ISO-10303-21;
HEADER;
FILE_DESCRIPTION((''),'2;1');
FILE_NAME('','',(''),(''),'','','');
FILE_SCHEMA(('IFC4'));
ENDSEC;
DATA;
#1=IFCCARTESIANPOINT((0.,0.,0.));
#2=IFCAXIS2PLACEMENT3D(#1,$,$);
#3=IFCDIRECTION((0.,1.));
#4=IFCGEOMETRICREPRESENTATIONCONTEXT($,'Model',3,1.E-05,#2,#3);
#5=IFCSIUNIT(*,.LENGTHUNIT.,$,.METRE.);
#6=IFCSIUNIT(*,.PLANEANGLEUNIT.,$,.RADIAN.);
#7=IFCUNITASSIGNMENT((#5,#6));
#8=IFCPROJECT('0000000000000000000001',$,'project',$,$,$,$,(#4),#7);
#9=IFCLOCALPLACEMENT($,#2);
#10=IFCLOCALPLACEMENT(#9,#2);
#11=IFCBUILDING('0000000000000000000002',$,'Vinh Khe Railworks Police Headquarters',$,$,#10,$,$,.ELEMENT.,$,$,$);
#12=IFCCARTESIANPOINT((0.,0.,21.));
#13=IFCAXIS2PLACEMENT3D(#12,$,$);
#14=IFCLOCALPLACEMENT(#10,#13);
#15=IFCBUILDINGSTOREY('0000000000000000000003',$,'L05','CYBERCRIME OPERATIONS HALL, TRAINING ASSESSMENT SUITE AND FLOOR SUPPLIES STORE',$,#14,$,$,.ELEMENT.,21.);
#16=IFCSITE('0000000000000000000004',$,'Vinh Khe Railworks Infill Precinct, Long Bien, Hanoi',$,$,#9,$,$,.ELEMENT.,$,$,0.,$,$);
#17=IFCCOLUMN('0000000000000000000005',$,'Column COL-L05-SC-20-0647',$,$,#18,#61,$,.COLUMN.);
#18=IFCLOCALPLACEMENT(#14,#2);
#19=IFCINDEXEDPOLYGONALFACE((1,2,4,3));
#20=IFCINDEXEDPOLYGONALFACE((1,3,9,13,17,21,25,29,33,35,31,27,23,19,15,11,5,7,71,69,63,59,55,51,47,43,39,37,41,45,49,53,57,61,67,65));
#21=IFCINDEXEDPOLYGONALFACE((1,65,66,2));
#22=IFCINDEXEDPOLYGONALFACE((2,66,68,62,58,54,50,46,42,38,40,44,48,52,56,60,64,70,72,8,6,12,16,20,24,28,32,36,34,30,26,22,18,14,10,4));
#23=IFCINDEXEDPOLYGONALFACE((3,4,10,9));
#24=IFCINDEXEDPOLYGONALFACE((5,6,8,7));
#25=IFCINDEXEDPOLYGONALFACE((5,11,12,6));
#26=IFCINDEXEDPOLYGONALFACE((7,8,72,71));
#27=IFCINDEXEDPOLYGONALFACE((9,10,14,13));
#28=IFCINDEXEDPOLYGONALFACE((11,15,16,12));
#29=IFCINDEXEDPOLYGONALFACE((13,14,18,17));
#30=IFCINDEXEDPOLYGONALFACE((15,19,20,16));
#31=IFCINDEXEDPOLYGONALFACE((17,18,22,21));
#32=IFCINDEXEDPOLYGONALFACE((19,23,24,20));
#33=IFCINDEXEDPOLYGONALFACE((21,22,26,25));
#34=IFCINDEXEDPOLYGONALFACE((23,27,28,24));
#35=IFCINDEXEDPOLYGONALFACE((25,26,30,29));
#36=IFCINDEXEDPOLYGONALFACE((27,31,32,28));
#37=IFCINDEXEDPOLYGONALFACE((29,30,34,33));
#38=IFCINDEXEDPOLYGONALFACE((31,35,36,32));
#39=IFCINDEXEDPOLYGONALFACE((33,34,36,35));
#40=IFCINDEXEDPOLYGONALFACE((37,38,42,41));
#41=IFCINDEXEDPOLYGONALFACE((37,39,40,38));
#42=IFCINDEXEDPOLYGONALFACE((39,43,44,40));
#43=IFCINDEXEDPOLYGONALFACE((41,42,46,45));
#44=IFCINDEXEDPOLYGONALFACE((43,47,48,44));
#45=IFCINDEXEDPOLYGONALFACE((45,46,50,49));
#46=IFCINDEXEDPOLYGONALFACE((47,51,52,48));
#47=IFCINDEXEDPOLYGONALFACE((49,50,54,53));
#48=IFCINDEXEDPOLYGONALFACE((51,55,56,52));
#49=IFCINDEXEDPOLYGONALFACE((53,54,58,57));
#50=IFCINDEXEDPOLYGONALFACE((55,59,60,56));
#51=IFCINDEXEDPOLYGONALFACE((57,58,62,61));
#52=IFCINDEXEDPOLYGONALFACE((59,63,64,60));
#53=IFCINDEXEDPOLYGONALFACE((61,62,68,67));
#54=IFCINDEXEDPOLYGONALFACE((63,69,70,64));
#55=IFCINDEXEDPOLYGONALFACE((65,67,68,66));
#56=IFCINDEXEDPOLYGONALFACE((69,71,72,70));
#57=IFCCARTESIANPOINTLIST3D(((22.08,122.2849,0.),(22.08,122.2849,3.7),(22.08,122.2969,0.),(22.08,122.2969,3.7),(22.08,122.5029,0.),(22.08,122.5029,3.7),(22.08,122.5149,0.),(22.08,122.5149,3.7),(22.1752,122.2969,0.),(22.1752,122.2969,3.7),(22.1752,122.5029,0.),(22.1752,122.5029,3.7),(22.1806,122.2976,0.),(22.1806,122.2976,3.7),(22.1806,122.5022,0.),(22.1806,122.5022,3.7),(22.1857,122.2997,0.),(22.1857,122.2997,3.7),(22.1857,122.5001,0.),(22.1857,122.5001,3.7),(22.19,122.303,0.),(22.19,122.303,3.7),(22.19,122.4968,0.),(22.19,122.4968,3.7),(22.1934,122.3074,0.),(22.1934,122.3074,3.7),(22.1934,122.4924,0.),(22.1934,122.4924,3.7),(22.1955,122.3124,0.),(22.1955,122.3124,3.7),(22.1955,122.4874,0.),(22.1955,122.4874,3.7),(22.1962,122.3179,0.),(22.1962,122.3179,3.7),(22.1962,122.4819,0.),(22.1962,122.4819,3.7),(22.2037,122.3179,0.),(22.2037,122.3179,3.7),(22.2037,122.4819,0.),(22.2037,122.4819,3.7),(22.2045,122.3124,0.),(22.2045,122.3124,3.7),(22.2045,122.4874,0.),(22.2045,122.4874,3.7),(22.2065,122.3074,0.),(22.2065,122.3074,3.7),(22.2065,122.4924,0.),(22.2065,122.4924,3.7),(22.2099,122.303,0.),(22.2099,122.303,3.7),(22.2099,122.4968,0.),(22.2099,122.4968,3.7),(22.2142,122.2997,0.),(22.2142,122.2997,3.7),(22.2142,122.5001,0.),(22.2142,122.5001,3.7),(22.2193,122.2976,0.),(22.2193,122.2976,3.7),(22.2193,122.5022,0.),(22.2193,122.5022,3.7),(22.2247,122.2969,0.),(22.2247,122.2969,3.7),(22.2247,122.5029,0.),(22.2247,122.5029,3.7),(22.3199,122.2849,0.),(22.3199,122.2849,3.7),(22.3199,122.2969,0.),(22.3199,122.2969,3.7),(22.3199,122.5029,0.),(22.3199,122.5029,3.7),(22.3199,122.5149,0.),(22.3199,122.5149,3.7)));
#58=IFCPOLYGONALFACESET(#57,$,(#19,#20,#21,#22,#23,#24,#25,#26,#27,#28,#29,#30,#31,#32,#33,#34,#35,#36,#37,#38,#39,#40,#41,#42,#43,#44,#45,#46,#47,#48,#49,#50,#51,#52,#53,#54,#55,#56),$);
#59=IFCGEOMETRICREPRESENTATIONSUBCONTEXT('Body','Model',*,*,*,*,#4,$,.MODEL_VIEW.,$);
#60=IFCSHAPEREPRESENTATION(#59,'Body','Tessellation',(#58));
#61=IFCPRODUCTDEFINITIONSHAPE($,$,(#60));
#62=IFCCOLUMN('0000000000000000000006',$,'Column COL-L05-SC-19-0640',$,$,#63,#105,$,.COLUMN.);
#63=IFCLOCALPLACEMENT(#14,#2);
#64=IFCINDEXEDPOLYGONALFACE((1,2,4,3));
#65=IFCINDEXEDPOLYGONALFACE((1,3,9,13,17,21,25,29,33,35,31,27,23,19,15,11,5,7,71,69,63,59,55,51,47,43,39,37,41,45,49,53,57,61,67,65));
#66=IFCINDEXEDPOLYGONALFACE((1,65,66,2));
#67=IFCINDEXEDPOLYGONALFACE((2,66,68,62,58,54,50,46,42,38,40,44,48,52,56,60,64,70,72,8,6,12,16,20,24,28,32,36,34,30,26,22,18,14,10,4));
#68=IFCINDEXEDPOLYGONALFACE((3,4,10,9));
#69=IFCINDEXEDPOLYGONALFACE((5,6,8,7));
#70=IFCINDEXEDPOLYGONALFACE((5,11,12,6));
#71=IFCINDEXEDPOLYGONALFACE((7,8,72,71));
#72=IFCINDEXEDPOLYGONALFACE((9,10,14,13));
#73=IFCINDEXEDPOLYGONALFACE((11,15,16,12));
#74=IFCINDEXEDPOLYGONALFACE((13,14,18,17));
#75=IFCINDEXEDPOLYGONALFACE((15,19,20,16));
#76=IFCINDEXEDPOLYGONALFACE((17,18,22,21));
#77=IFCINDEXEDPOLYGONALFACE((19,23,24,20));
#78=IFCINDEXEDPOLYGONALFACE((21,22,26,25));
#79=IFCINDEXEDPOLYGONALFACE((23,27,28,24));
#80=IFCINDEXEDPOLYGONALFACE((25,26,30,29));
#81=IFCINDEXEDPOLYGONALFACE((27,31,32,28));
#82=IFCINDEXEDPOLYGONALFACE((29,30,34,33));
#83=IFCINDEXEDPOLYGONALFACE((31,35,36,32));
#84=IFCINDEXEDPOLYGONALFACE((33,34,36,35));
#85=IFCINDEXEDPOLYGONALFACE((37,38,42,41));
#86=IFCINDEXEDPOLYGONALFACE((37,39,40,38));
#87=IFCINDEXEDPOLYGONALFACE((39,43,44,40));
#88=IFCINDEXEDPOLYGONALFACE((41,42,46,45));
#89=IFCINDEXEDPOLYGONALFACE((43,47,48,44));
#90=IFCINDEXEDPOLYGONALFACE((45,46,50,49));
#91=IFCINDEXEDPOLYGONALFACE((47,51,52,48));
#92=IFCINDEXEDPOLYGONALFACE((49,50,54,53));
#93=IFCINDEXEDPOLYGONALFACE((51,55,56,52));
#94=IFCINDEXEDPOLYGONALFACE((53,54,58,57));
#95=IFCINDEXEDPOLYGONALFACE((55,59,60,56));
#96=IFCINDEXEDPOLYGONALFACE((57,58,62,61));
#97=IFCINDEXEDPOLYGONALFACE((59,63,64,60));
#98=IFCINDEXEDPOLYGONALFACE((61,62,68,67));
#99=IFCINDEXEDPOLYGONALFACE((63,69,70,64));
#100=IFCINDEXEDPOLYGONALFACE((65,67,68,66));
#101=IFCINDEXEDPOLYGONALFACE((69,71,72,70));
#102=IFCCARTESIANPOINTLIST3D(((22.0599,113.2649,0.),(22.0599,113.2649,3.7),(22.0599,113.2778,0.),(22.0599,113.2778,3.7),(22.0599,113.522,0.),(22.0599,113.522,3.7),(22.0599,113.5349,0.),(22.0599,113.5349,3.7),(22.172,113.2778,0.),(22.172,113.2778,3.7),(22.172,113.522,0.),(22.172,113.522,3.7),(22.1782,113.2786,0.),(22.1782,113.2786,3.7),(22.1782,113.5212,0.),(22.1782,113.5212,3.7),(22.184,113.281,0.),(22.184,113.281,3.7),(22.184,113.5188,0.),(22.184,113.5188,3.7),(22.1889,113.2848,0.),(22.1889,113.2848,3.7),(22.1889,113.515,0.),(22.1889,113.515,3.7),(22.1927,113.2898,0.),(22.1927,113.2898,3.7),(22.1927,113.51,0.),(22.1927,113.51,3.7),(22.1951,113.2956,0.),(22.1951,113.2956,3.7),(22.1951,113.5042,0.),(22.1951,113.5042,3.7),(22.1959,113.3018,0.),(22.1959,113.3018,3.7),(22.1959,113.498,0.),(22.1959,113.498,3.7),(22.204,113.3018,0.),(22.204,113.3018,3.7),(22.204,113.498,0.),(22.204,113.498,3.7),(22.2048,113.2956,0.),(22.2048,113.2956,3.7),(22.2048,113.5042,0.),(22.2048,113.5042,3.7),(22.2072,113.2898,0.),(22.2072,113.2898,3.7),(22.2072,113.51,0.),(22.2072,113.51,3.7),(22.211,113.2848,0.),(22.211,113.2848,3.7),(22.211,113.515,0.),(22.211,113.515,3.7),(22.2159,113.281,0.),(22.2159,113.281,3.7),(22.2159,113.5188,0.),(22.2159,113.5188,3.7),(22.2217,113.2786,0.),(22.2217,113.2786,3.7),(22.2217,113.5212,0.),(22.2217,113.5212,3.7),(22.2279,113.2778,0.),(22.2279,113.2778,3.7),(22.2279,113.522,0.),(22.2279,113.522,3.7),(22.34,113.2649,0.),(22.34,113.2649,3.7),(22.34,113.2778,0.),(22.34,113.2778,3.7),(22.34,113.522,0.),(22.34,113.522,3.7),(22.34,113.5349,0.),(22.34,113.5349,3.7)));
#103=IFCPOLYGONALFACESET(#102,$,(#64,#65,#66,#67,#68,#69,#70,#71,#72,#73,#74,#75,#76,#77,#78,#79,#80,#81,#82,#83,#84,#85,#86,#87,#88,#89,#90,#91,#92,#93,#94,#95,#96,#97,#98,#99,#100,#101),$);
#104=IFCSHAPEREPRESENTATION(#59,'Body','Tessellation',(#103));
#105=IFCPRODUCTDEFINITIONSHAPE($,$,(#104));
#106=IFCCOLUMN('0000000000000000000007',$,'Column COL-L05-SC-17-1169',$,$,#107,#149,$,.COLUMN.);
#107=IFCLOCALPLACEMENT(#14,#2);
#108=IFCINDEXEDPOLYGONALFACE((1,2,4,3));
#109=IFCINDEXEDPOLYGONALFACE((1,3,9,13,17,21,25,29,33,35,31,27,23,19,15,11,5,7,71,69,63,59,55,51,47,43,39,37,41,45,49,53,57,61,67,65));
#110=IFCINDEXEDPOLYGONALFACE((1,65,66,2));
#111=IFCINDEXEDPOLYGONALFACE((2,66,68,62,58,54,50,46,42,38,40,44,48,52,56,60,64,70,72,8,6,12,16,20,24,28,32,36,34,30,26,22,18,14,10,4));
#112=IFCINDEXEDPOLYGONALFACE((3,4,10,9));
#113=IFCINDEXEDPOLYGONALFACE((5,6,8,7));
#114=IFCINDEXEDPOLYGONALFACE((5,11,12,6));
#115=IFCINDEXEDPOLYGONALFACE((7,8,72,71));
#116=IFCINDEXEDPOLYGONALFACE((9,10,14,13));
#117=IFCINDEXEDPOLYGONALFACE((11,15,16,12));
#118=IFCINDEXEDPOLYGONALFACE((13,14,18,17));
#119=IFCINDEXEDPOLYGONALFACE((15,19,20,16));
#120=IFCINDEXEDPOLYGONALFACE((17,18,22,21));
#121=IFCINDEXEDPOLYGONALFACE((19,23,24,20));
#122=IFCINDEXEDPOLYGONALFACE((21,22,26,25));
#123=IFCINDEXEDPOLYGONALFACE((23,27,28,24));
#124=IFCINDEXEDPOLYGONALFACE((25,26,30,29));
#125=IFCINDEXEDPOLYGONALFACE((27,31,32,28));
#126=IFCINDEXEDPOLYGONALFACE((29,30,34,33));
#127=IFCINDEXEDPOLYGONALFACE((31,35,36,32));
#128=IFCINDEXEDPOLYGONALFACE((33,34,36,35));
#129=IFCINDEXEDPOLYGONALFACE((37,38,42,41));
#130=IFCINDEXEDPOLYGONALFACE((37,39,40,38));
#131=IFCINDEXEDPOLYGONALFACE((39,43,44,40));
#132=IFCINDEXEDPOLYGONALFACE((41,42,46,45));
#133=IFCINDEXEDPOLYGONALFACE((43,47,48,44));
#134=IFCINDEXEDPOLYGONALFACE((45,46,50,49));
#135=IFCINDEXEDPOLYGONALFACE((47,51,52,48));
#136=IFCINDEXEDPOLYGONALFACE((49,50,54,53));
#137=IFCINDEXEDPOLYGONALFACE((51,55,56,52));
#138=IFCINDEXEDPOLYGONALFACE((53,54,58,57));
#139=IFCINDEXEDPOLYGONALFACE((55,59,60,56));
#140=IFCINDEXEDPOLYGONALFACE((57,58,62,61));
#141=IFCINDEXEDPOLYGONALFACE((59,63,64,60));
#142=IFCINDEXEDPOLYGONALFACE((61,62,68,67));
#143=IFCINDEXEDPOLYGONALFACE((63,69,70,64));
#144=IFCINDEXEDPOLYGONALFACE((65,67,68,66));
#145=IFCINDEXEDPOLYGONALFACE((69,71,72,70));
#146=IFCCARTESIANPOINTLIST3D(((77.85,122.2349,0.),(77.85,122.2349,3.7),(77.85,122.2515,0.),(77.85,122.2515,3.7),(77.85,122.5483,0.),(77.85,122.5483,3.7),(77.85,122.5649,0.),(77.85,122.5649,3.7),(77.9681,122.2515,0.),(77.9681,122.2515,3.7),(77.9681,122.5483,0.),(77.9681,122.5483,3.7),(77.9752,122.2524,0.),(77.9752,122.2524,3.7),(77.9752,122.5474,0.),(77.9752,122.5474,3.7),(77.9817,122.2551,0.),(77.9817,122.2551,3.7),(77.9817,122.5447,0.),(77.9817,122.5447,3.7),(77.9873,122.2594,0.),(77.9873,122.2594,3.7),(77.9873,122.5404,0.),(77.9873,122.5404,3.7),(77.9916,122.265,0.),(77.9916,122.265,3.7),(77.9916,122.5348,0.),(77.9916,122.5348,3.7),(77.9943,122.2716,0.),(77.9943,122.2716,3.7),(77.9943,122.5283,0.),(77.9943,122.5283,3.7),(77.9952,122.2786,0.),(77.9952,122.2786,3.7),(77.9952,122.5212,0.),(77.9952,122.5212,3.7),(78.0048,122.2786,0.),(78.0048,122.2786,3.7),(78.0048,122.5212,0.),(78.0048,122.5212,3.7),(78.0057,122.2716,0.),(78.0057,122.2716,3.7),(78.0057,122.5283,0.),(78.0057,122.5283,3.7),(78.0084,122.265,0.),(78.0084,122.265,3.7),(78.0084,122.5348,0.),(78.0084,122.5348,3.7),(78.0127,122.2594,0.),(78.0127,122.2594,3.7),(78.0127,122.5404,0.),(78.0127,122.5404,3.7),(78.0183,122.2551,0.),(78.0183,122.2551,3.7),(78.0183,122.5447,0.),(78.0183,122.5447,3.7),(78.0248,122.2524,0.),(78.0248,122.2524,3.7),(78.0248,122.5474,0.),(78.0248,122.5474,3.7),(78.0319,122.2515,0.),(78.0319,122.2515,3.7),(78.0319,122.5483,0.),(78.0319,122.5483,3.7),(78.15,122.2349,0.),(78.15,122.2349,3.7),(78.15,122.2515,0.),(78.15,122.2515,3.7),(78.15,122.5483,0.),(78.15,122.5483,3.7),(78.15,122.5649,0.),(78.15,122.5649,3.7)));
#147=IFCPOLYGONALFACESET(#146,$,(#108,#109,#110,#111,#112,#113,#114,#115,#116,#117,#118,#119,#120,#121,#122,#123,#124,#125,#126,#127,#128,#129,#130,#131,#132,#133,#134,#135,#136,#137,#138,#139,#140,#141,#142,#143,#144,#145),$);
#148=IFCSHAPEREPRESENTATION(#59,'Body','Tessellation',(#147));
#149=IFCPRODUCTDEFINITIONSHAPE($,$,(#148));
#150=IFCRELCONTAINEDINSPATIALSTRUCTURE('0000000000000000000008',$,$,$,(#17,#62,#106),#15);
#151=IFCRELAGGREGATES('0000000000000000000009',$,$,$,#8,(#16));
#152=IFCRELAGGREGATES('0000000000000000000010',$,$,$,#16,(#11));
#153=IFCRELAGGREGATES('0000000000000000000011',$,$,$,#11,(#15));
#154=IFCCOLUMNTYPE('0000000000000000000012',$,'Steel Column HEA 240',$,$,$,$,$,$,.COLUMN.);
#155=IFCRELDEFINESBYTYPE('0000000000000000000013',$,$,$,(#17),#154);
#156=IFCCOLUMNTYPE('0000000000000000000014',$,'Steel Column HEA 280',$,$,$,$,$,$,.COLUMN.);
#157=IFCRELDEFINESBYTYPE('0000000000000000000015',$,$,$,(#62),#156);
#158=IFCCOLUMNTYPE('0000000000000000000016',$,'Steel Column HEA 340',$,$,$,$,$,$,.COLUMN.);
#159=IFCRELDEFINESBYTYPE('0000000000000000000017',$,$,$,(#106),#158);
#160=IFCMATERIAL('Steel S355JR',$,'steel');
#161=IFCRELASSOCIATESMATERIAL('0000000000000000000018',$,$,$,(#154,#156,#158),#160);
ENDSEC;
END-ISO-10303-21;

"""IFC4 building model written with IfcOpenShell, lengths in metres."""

from ifc_helpers import new_model, si_unit, direction, frame, origin, origin_2d, place, context, subcontext, project, spatial, i_section, extrude, material, material_profile, profile_set, type_object, element, save


model = new_model("IFC4")

# Units and contexts
model_context = context("Model", 3, precision=1e-05, world=origin(), true_north=direction((0.0, 1.0)))
body_context = subcontext(model_context, "Body", "Model", "MODEL_VIEW")
ifc_project = project(units=[si_unit("LENGTHUNIT", "METRE"), si_unit("PLANEANGLEUNIT", "RADIAN")], contexts=[model_context])

# Site, building, storey
site_placement = place(None, origin())
site = spatial("IfcSite", under=ifc_project, at=site_placement, Name="Vinh Khe Railworks Infill Precinct, Long Bien, Hanoi", CompositionType="ELEMENT", RefElevation=0.0)
building_placement = place(site_placement, origin())
building = spatial("IfcBuilding", under=site, at=building_placement, Name="Vinh Khe Railworks Police Headquarters", CompositionType="ELEMENT")
storey_placement = place(building_placement, frame((0.0, 0.0, 21.0)))
storey = spatial("IfcBuildingStorey", under=building, at=storey_placement, Name="L05", Description="CYBERCRIME OPERATIONS HALL, TRAINING ASSESSMENT SUITE AND FLOOR SUPPLIES STORE", CompositionType="ELEMENT", Elevation=21.0)

# Columns
ifc_material_1 = material(Name="Steel S355JR", Category="steel")
ifc_material_profile_1 = material_profile(ifc_material_1, i_section(OverallWidth=0.24, OverallDepth=0.23, WebThickness=0.0076, FlangeThickness=0.012, FilletRadius=0.021, at=origin_2d()), Name="HEA 240")
ifc_profile_set_1 = profile_set([ifc_material_profile_1], Name="Steel S355JR")
column_type_1 = type_object("IfcColumnType", Name="Steel Column HEA 240", PredefinedType="COLUMN", material=ifc_profile_set_1)
column_1_placement = place(storey_placement, frame((22.2, 122.3999, 0.0), z_axis=(0.0, 0.0, 1.0), x_axis=(1.0, 0.0, 0.0)))
element("IfcColumn", 1, at=column_1_placement, inside=storey, type_object=column_type_1, Name="Column COL-L05-SC-20-0647", PredefinedType="COLUMN", context=body_context, shape_type="SweptSolid", body=[
    extrude(i_section(OverallWidth=0.24, OverallDepth=0.23, WebThickness=0.0076, FlangeThickness=0.012, FilletRadius=0.021, at=origin_2d()), origin(), (0.0, 0.0, 1.0), 3.7),
])
ifc_material_profile_2 = material_profile(ifc_material_1, i_section(OverallWidth=0.28, OverallDepth=0.27, WebThickness=0.0081, FlangeThickness=0.0129, FilletRadius=0.0239, at=origin_2d()), Name="HEA 280")
ifc_profile_set_2 = profile_set([ifc_material_profile_2], Name="Steel S355JR")
column_type_2 = type_object("IfcColumnType", Name="Steel Column HEA 280", PredefinedType="COLUMN", material=ifc_profile_set_2)
column_2_placement = place(storey_placement, frame((22.2, 113.3999, 0.0), z_axis=(0.0, 0.0, 1.0), x_axis=(1.0, 0.0, 0.0)))
element("IfcColumn", 2, at=column_2_placement, inside=storey, type_object=column_type_2, Name="Column COL-L05-SC-19-0640", PredefinedType="COLUMN", context=body_context, shape_type="SweptSolid", body=[
    extrude(i_section(OverallWidth=0.28, OverallDepth=0.27, WebThickness=0.0081, FlangeThickness=0.0129, FilletRadius=0.0239, at=origin_2d()), origin(), (0.0, 0.0, 1.0), 3.7),
])
ifc_material_profile_3 = material_profile(ifc_material_1, i_section(OverallWidth=0.3, OverallDepth=0.3301, WebThickness=0.0095, FlangeThickness=0.0166, FilletRadius=0.0271, at=origin_2d()), Name="HEA 340")
ifc_profile_set_3 = profile_set([ifc_material_profile_3], Name="Steel S355JR")
column_type_3 = type_object("IfcColumnType", Name="Steel Column HEA 340", PredefinedType="COLUMN", material=ifc_profile_set_3)
column_3_placement = place(storey_placement, frame((78.0, 122.3999, 0.0), z_axis=(0.0, 0.0, 1.0), x_axis=(1.0, 0.0, 0.0)))
element("IfcColumn", 3, at=column_3_placement, inside=storey, type_object=column_type_3, Name="Column COL-L05-SC-17-1169", PredefinedType="COLUMN", context=body_context, shape_type="SweptSolid", body=[
    extrude(i_section(OverallWidth=0.3, OverallDepth=0.3301, WebThickness=0.0095, FlangeThickness=0.0166, FilletRadius=0.0271, at=origin_2d()), origin(), (0.0, 0.0, 1.0), 3.7),
])

save(model, "model.ifc")
